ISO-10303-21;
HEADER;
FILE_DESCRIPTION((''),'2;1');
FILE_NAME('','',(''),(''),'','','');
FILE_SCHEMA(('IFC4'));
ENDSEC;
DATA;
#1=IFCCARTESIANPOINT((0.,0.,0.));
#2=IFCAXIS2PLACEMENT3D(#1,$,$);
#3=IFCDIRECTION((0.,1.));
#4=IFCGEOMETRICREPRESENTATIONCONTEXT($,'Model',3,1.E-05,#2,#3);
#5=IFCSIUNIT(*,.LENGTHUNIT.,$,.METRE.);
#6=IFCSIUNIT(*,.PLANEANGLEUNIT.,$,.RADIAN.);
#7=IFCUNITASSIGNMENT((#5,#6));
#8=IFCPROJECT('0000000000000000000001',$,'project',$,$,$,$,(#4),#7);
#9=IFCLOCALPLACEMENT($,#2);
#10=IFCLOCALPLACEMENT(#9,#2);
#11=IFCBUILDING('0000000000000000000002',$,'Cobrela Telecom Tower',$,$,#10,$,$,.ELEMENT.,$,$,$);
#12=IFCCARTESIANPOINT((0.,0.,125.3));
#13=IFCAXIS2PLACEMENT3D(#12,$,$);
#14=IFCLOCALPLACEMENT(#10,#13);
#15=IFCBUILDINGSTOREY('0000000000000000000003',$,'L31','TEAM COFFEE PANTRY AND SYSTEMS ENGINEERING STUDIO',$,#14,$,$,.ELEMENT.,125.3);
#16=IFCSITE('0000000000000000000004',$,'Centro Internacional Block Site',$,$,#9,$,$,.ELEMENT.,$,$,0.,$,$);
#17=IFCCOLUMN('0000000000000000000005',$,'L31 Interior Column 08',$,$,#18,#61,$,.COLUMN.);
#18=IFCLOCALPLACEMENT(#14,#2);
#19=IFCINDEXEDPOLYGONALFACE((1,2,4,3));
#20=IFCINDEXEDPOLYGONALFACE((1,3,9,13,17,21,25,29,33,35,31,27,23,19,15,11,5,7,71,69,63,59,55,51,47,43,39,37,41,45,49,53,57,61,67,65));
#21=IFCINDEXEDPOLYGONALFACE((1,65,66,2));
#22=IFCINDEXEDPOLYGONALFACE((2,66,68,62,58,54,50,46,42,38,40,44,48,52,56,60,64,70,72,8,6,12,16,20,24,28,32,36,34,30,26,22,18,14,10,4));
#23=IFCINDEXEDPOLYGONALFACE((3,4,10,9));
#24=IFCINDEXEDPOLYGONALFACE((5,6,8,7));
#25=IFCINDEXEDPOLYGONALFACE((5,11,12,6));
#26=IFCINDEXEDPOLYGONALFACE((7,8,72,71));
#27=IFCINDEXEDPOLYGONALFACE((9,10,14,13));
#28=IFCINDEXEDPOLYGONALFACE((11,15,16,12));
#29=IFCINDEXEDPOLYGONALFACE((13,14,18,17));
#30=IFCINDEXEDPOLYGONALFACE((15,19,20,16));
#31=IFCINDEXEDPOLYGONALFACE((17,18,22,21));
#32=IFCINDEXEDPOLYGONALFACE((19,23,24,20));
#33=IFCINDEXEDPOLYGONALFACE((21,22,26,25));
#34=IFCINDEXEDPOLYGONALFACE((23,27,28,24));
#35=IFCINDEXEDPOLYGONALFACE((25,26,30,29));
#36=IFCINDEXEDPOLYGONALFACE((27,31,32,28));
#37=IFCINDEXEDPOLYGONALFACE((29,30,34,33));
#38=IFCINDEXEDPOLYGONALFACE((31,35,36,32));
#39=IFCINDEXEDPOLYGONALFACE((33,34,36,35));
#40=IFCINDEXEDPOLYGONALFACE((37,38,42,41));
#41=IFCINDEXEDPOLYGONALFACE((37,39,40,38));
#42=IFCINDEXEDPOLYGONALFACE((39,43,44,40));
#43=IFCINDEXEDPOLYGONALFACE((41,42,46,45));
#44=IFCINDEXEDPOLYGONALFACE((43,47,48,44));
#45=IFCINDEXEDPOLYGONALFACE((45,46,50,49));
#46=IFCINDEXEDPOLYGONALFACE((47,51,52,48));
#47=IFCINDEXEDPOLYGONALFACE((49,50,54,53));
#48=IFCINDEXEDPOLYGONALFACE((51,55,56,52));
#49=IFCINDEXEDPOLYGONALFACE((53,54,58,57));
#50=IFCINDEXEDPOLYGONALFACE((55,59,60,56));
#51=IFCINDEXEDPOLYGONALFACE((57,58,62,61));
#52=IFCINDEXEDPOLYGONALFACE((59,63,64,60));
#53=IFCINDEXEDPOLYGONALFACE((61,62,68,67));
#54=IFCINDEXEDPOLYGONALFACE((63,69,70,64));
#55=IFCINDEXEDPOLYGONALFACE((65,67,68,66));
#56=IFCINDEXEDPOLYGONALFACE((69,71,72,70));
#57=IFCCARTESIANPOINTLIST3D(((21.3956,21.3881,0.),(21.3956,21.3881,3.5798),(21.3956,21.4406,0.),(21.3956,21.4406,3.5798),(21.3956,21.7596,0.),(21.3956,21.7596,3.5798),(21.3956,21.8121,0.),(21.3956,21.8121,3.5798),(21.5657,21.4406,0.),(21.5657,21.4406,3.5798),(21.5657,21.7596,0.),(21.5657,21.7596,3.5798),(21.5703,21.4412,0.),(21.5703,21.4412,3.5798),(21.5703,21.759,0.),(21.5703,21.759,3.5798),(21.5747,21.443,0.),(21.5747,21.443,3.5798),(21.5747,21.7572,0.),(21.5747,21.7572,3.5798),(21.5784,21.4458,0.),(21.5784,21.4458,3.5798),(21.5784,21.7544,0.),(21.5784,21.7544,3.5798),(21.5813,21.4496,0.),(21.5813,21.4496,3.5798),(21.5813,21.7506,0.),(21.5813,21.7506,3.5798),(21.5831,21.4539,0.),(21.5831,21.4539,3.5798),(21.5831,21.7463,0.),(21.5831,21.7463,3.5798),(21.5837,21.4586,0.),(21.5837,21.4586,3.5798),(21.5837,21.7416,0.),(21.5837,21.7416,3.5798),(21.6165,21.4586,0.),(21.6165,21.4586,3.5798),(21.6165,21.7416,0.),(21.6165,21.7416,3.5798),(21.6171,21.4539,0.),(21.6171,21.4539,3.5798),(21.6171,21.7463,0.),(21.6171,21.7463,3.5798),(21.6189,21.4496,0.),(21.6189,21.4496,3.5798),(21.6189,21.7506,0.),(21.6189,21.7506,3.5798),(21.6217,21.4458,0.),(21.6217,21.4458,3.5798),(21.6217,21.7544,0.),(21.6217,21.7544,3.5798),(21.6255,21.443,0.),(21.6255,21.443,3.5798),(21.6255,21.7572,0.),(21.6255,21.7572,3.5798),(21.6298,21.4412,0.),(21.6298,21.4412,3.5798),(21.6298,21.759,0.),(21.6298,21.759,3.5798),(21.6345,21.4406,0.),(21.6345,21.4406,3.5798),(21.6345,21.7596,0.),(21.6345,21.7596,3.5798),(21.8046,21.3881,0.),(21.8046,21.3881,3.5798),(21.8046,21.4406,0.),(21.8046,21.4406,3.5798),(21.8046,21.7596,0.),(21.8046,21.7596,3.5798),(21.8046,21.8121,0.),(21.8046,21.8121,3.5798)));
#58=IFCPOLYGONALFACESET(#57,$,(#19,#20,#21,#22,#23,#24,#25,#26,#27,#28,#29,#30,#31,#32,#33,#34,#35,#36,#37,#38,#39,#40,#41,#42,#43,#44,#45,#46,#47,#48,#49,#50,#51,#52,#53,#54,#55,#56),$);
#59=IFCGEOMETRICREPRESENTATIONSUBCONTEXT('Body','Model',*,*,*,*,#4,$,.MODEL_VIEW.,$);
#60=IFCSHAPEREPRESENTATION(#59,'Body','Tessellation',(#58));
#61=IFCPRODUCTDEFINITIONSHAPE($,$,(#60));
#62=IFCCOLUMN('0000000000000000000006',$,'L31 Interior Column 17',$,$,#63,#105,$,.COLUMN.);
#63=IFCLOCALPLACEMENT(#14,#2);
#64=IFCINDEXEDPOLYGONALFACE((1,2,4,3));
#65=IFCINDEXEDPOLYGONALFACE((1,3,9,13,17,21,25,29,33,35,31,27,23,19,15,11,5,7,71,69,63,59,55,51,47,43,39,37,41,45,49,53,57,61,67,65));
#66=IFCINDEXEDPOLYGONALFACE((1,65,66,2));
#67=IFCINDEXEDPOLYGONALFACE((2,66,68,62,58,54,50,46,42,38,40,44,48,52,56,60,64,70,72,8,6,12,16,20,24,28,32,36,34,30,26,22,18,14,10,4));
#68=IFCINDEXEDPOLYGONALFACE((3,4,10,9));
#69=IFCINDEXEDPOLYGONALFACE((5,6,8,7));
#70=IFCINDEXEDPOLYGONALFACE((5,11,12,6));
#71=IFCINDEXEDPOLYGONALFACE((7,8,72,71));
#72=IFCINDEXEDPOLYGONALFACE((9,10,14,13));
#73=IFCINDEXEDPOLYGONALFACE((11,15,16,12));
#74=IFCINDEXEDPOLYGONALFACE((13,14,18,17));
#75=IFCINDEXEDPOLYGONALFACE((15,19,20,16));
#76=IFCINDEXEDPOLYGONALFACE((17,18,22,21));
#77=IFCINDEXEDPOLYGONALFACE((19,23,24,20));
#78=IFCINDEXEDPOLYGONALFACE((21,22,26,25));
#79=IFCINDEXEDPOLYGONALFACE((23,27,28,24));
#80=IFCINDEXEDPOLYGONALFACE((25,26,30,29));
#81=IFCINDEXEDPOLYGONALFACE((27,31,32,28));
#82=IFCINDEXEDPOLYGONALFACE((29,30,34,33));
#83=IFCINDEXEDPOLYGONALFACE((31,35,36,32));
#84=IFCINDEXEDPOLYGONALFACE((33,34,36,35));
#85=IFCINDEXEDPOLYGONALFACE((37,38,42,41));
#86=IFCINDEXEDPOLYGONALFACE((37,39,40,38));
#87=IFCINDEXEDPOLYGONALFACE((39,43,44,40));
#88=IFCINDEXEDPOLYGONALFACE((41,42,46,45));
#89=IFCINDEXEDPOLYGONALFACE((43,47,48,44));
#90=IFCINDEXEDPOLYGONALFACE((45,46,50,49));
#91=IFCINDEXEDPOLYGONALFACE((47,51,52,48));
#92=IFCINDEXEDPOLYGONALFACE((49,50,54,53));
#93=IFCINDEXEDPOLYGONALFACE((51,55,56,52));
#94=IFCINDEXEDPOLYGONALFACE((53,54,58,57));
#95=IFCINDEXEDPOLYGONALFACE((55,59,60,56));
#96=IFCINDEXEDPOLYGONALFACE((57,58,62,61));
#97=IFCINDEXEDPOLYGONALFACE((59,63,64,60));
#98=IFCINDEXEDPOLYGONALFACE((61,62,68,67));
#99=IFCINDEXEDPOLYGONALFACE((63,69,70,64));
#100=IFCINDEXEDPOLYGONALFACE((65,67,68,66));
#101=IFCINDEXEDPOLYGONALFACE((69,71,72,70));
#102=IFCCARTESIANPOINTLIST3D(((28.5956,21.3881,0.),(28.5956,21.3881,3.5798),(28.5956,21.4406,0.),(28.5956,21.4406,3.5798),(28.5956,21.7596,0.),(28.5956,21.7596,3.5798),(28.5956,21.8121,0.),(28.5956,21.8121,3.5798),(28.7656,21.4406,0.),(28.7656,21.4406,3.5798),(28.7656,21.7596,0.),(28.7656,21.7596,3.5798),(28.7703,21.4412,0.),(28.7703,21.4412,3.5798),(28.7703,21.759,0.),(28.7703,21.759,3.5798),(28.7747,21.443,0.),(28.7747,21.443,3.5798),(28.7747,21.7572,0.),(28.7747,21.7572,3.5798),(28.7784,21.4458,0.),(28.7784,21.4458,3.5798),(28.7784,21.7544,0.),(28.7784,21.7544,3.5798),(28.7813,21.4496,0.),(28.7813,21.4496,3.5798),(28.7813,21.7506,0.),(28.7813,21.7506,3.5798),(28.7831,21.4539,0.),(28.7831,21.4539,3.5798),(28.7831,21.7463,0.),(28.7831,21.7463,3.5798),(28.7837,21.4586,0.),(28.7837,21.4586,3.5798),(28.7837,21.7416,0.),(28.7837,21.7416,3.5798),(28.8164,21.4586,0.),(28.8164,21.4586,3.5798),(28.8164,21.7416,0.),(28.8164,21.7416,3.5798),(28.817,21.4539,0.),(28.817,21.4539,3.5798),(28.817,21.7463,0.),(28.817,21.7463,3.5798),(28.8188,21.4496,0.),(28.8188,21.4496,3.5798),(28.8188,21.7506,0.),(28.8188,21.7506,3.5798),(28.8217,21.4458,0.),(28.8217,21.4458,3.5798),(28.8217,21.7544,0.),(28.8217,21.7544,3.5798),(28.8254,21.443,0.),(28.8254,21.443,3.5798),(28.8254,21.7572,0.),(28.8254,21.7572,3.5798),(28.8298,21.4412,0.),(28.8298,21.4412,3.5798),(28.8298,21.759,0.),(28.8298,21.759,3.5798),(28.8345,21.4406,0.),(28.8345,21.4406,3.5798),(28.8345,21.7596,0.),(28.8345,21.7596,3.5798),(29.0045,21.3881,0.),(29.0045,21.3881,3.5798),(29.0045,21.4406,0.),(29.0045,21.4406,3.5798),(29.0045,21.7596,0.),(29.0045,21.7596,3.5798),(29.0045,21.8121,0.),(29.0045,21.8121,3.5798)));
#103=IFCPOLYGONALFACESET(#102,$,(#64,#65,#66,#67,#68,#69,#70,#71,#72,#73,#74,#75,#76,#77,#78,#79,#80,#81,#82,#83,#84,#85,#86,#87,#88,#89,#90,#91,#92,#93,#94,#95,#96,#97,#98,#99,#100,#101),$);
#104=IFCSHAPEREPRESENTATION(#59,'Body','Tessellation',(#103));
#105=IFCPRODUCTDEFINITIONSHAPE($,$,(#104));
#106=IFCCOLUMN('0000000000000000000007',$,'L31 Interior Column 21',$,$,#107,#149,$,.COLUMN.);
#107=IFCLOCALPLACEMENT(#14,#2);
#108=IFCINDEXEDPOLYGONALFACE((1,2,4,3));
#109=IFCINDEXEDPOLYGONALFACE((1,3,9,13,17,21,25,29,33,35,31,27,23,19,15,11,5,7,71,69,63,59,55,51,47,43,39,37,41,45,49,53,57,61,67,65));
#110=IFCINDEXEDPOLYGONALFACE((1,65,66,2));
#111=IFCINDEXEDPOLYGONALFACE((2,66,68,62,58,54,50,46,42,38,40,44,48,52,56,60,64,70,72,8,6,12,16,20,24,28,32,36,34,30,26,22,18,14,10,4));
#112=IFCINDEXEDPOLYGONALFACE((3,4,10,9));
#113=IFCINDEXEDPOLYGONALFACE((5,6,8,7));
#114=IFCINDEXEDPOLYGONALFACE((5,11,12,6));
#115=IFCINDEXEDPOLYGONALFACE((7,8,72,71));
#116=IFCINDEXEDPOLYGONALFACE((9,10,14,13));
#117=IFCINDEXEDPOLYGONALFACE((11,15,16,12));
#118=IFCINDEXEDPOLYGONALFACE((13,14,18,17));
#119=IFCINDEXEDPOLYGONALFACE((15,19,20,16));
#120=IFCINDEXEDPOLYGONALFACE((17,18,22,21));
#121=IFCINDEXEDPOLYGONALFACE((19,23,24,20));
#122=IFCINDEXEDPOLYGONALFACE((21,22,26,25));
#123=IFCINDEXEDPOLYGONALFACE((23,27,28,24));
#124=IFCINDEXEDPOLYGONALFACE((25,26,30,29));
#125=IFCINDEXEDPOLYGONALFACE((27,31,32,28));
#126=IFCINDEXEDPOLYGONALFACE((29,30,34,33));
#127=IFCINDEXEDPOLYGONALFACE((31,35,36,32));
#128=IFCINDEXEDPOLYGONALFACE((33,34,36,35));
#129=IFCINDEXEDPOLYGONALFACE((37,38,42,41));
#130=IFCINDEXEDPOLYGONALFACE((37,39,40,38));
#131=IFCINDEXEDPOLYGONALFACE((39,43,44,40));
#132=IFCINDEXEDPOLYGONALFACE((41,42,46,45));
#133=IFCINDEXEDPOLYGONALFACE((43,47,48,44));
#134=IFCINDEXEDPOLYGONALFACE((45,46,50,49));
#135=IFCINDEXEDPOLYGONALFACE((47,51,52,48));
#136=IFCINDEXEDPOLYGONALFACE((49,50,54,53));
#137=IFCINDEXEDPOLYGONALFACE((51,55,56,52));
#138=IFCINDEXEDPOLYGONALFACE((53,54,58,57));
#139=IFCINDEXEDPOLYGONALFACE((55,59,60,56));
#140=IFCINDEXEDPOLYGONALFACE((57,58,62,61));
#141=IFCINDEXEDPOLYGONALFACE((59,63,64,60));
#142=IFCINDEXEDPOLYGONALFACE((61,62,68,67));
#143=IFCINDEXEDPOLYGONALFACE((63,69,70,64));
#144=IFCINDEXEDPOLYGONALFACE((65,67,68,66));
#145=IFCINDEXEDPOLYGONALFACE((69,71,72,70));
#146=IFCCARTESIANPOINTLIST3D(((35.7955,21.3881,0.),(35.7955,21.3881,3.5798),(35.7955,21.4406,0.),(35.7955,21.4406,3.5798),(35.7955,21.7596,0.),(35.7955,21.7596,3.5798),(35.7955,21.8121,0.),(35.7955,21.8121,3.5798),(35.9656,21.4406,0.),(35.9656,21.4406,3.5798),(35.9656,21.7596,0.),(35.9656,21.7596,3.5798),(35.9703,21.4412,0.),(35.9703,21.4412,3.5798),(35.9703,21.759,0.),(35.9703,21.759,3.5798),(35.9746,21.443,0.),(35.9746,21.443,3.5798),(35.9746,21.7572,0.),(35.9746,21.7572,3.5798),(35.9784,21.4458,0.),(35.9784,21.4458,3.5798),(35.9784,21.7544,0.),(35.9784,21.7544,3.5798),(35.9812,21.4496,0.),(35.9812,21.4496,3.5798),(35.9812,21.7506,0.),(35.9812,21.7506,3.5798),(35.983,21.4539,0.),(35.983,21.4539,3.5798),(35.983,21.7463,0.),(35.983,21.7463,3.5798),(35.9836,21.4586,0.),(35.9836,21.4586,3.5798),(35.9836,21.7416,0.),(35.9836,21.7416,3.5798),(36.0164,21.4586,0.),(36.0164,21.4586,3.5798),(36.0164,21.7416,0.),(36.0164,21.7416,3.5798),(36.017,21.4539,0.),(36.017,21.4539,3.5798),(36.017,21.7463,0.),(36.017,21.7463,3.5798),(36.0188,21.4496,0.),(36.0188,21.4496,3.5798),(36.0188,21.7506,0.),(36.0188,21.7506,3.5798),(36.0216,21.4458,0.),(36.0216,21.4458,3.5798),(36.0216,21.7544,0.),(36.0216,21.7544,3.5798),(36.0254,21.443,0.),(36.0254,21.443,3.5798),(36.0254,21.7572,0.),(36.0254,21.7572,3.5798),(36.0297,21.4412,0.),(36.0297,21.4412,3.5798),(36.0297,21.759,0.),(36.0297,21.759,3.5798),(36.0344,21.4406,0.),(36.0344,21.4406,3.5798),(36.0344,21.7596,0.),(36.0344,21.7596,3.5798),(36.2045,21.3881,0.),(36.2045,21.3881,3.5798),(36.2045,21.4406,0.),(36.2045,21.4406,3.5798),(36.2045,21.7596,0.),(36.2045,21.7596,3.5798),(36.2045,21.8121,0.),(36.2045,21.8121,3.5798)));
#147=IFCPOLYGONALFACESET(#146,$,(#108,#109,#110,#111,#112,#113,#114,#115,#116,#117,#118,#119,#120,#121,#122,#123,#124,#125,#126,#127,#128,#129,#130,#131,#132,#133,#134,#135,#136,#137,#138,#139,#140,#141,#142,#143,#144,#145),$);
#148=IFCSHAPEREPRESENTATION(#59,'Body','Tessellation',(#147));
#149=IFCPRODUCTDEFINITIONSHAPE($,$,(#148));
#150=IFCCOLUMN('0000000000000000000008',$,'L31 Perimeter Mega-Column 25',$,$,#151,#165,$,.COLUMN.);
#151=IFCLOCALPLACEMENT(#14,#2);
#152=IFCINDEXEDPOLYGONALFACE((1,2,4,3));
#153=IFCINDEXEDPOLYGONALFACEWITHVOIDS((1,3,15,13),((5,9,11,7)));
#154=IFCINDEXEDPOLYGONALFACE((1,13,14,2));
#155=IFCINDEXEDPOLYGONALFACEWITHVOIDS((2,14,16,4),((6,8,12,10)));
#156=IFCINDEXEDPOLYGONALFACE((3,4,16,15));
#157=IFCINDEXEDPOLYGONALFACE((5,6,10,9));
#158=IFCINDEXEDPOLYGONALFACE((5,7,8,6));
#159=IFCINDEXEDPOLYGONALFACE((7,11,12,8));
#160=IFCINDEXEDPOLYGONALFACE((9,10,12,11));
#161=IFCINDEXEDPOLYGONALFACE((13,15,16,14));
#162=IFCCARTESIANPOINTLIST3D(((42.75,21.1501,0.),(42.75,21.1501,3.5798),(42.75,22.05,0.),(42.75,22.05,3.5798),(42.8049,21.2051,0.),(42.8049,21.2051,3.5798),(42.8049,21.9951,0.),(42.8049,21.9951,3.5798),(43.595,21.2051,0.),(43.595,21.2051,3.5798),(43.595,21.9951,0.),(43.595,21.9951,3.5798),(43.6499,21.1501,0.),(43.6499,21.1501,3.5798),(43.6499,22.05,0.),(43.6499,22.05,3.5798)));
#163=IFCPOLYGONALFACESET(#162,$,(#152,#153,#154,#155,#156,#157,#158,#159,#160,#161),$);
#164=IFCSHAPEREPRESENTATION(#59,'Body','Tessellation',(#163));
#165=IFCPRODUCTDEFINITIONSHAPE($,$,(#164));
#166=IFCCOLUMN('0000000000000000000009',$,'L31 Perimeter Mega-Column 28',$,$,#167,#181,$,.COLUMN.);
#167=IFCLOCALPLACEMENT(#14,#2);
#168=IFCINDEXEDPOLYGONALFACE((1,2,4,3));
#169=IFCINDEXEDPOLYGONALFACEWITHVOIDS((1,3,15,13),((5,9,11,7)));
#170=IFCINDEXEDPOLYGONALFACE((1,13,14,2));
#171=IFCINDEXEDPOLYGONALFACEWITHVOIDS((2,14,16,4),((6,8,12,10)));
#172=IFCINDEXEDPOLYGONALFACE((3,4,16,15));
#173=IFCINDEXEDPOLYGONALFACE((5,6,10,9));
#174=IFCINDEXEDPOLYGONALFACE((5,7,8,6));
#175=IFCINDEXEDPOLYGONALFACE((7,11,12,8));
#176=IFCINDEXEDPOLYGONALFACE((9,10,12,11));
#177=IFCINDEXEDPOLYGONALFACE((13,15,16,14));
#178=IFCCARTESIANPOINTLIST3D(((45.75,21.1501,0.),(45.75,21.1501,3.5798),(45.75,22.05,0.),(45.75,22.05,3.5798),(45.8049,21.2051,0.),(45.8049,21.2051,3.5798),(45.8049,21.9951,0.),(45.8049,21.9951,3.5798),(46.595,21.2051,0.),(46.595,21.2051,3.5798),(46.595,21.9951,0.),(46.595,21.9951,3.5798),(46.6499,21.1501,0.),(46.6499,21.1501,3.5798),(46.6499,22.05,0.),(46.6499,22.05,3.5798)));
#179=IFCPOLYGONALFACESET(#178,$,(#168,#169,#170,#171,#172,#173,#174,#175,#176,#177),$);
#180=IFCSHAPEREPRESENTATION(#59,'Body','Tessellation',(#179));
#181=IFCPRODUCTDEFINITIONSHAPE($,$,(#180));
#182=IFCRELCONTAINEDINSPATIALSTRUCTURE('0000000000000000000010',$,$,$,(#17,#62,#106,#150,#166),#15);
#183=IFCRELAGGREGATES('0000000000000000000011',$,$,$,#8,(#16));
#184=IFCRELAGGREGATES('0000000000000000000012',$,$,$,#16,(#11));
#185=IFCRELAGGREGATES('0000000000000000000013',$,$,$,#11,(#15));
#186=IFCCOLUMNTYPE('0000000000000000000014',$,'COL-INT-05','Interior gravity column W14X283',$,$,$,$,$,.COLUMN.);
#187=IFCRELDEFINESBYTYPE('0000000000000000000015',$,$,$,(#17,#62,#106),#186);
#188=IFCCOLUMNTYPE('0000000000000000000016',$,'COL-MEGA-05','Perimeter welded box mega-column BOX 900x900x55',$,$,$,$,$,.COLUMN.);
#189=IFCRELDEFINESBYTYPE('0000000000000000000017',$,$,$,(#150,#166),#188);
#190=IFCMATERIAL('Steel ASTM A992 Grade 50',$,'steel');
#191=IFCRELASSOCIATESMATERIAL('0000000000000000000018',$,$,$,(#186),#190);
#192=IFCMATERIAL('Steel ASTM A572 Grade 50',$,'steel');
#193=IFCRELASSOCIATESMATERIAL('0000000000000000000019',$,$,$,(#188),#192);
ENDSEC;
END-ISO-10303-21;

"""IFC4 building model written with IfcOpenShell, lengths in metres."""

from ifc_helpers import new_model, si_unit, direction, frame, origin, origin_2d, place, context, subcontext, project, spatial, hollow_rectangle, i_section, extrude, material, material_profile, profile_set, type_object, element, save


model = new_model("IFC4")

# Units and contexts
model_context = context("Model", 3, precision=1e-05, world=origin(), true_north=direction((0.0, 1.0)))
body_context = subcontext(model_context, "Body", "Model", "MODEL_VIEW")
ifc_project = project(units=[si_unit("LENGTHUNIT", "METRE"), si_unit("PLANEANGLEUNIT", "RADIAN")], contexts=[model_context])

# Site, building, storey
site_placement = place(None, origin())
site = spatial("IfcSite", under=ifc_project, at=site_placement, Name="Centro Internacional Block Site", CompositionType="ELEMENT", RefElevation=0.0)
building_placement = place(site_placement, origin())
building = spatial("IfcBuilding", under=site, at=building_placement, Name="Cobrela Telecom Tower", CompositionType="ELEMENT")
storey_placement = place(building_placement, frame((0.0, 0.0, 125.3)))
storey = spatial("IfcBuildingStorey", under=building, at=storey_placement, Name="L31", Description="TEAM COFFEE PANTRY AND SYSTEMS ENGINEERING STUDIO", CompositionType="ELEMENT", Elevation=125.3)

# Columns
ifc_material_1 = material(Name="Steel ASTM A992 Grade 50", Category="steel")
ifc_material_profile_1 = material_profile(ifc_material_1, i_section(OverallWidth=0.4089, OverallDepth=0.4241, WebThickness=0.0327, FlangeThickness=0.0525, FilletRadius=0.0181, at=origin_2d()), Name="W14X283")
ifc_profile_set_1 = profile_set([ifc_material_profile_1], Name="Steel ASTM A992 Grade 50")
column_type_1 = type_object("IfcColumnType", Name="COL-INT-05", Description="Interior gravity column W14X283", PredefinedType="COLUMN", material=ifc_profile_set_1)
for number, where, z_axis, x_axis, name in (
    (1, (21.6001, 21.6001, 0.0), (0.0, 0.0, 1.0), (1.0, 0.0, 0.0), "L31 Interior Column 08"),
    (2, (28.8, 21.6001, 0.0), (0.0, 0.0, 1.0), (1.0, 0.0, 0.0), "L31 Interior Column 17"),
    (3, (36.0, 21.6001, 0.0), (0.0, 0.0, 1.0), (1.0, 0.0, 0.0), "L31 Interior Column 21"),
):
    element("IfcColumn", number, at=place(storey_placement, frame(where, z_axis=z_axis, x_axis=x_axis)), inside=storey, type_object=column_type_1, Name=name, PredefinedType="COLUMN", context=body_context, shape_type="SweptSolid", body=[
        extrude(i_section(OverallWidth=0.4089, OverallDepth=0.4241, WebThickness=0.0327, FlangeThickness=0.0525, FilletRadius=0.0181, at=origin_2d()), origin(), (0.0, 0.0, 1.0), 3.5798),
    ])
ifc_material_2 = material(Name="Steel ASTM A572 Grade 50", Category="steel")
ifc_material_profile_2 = material_profile(ifc_material_2, hollow_rectangle(XDim=0.8999, YDim=0.8999, WallThickness=0.0549, at=origin_2d()), Name="BOX 900x900x55")
ifc_profile_set_2 = profile_set([ifc_material_profile_2], Name="Steel ASTM A572 Grade 50")
column_type_2 = type_object("IfcColumnType", Name="COL-MEGA-05", Description="Perimeter welded box mega-column BOX 900x900x55", PredefinedType="COLUMN", material=ifc_profile_set_2)
for number, where, z_axis, x_axis, name in (
    (4, (43.2, 21.6001, 0.0), (0.0, 0.0, 1.0), (1.0, 0.0, 0.0), "L31 Perimeter Mega-Column 25"),
    (5, (46.2, 21.6001, 0.0), (0.0, 0.0, 1.0), (1.0, 0.0, 0.0), "L31 Perimeter Mega-Column 28"),
):
    element("IfcColumn", number, at=place(storey_placement, frame(where, z_axis=z_axis, x_axis=x_axis)), inside=storey, type_object=column_type_2, Name=name, PredefinedType="COLUMN", context=body_context, shape_type="SweptSolid", body=[
        extrude(hollow_rectangle(XDim=0.8999, YDim=0.8999, WallThickness=0.0549, at=origin_2d()), origin(), (0.0, 0.0, 1.0), 3.5798),
    ])

save(model, "model.ifc")
